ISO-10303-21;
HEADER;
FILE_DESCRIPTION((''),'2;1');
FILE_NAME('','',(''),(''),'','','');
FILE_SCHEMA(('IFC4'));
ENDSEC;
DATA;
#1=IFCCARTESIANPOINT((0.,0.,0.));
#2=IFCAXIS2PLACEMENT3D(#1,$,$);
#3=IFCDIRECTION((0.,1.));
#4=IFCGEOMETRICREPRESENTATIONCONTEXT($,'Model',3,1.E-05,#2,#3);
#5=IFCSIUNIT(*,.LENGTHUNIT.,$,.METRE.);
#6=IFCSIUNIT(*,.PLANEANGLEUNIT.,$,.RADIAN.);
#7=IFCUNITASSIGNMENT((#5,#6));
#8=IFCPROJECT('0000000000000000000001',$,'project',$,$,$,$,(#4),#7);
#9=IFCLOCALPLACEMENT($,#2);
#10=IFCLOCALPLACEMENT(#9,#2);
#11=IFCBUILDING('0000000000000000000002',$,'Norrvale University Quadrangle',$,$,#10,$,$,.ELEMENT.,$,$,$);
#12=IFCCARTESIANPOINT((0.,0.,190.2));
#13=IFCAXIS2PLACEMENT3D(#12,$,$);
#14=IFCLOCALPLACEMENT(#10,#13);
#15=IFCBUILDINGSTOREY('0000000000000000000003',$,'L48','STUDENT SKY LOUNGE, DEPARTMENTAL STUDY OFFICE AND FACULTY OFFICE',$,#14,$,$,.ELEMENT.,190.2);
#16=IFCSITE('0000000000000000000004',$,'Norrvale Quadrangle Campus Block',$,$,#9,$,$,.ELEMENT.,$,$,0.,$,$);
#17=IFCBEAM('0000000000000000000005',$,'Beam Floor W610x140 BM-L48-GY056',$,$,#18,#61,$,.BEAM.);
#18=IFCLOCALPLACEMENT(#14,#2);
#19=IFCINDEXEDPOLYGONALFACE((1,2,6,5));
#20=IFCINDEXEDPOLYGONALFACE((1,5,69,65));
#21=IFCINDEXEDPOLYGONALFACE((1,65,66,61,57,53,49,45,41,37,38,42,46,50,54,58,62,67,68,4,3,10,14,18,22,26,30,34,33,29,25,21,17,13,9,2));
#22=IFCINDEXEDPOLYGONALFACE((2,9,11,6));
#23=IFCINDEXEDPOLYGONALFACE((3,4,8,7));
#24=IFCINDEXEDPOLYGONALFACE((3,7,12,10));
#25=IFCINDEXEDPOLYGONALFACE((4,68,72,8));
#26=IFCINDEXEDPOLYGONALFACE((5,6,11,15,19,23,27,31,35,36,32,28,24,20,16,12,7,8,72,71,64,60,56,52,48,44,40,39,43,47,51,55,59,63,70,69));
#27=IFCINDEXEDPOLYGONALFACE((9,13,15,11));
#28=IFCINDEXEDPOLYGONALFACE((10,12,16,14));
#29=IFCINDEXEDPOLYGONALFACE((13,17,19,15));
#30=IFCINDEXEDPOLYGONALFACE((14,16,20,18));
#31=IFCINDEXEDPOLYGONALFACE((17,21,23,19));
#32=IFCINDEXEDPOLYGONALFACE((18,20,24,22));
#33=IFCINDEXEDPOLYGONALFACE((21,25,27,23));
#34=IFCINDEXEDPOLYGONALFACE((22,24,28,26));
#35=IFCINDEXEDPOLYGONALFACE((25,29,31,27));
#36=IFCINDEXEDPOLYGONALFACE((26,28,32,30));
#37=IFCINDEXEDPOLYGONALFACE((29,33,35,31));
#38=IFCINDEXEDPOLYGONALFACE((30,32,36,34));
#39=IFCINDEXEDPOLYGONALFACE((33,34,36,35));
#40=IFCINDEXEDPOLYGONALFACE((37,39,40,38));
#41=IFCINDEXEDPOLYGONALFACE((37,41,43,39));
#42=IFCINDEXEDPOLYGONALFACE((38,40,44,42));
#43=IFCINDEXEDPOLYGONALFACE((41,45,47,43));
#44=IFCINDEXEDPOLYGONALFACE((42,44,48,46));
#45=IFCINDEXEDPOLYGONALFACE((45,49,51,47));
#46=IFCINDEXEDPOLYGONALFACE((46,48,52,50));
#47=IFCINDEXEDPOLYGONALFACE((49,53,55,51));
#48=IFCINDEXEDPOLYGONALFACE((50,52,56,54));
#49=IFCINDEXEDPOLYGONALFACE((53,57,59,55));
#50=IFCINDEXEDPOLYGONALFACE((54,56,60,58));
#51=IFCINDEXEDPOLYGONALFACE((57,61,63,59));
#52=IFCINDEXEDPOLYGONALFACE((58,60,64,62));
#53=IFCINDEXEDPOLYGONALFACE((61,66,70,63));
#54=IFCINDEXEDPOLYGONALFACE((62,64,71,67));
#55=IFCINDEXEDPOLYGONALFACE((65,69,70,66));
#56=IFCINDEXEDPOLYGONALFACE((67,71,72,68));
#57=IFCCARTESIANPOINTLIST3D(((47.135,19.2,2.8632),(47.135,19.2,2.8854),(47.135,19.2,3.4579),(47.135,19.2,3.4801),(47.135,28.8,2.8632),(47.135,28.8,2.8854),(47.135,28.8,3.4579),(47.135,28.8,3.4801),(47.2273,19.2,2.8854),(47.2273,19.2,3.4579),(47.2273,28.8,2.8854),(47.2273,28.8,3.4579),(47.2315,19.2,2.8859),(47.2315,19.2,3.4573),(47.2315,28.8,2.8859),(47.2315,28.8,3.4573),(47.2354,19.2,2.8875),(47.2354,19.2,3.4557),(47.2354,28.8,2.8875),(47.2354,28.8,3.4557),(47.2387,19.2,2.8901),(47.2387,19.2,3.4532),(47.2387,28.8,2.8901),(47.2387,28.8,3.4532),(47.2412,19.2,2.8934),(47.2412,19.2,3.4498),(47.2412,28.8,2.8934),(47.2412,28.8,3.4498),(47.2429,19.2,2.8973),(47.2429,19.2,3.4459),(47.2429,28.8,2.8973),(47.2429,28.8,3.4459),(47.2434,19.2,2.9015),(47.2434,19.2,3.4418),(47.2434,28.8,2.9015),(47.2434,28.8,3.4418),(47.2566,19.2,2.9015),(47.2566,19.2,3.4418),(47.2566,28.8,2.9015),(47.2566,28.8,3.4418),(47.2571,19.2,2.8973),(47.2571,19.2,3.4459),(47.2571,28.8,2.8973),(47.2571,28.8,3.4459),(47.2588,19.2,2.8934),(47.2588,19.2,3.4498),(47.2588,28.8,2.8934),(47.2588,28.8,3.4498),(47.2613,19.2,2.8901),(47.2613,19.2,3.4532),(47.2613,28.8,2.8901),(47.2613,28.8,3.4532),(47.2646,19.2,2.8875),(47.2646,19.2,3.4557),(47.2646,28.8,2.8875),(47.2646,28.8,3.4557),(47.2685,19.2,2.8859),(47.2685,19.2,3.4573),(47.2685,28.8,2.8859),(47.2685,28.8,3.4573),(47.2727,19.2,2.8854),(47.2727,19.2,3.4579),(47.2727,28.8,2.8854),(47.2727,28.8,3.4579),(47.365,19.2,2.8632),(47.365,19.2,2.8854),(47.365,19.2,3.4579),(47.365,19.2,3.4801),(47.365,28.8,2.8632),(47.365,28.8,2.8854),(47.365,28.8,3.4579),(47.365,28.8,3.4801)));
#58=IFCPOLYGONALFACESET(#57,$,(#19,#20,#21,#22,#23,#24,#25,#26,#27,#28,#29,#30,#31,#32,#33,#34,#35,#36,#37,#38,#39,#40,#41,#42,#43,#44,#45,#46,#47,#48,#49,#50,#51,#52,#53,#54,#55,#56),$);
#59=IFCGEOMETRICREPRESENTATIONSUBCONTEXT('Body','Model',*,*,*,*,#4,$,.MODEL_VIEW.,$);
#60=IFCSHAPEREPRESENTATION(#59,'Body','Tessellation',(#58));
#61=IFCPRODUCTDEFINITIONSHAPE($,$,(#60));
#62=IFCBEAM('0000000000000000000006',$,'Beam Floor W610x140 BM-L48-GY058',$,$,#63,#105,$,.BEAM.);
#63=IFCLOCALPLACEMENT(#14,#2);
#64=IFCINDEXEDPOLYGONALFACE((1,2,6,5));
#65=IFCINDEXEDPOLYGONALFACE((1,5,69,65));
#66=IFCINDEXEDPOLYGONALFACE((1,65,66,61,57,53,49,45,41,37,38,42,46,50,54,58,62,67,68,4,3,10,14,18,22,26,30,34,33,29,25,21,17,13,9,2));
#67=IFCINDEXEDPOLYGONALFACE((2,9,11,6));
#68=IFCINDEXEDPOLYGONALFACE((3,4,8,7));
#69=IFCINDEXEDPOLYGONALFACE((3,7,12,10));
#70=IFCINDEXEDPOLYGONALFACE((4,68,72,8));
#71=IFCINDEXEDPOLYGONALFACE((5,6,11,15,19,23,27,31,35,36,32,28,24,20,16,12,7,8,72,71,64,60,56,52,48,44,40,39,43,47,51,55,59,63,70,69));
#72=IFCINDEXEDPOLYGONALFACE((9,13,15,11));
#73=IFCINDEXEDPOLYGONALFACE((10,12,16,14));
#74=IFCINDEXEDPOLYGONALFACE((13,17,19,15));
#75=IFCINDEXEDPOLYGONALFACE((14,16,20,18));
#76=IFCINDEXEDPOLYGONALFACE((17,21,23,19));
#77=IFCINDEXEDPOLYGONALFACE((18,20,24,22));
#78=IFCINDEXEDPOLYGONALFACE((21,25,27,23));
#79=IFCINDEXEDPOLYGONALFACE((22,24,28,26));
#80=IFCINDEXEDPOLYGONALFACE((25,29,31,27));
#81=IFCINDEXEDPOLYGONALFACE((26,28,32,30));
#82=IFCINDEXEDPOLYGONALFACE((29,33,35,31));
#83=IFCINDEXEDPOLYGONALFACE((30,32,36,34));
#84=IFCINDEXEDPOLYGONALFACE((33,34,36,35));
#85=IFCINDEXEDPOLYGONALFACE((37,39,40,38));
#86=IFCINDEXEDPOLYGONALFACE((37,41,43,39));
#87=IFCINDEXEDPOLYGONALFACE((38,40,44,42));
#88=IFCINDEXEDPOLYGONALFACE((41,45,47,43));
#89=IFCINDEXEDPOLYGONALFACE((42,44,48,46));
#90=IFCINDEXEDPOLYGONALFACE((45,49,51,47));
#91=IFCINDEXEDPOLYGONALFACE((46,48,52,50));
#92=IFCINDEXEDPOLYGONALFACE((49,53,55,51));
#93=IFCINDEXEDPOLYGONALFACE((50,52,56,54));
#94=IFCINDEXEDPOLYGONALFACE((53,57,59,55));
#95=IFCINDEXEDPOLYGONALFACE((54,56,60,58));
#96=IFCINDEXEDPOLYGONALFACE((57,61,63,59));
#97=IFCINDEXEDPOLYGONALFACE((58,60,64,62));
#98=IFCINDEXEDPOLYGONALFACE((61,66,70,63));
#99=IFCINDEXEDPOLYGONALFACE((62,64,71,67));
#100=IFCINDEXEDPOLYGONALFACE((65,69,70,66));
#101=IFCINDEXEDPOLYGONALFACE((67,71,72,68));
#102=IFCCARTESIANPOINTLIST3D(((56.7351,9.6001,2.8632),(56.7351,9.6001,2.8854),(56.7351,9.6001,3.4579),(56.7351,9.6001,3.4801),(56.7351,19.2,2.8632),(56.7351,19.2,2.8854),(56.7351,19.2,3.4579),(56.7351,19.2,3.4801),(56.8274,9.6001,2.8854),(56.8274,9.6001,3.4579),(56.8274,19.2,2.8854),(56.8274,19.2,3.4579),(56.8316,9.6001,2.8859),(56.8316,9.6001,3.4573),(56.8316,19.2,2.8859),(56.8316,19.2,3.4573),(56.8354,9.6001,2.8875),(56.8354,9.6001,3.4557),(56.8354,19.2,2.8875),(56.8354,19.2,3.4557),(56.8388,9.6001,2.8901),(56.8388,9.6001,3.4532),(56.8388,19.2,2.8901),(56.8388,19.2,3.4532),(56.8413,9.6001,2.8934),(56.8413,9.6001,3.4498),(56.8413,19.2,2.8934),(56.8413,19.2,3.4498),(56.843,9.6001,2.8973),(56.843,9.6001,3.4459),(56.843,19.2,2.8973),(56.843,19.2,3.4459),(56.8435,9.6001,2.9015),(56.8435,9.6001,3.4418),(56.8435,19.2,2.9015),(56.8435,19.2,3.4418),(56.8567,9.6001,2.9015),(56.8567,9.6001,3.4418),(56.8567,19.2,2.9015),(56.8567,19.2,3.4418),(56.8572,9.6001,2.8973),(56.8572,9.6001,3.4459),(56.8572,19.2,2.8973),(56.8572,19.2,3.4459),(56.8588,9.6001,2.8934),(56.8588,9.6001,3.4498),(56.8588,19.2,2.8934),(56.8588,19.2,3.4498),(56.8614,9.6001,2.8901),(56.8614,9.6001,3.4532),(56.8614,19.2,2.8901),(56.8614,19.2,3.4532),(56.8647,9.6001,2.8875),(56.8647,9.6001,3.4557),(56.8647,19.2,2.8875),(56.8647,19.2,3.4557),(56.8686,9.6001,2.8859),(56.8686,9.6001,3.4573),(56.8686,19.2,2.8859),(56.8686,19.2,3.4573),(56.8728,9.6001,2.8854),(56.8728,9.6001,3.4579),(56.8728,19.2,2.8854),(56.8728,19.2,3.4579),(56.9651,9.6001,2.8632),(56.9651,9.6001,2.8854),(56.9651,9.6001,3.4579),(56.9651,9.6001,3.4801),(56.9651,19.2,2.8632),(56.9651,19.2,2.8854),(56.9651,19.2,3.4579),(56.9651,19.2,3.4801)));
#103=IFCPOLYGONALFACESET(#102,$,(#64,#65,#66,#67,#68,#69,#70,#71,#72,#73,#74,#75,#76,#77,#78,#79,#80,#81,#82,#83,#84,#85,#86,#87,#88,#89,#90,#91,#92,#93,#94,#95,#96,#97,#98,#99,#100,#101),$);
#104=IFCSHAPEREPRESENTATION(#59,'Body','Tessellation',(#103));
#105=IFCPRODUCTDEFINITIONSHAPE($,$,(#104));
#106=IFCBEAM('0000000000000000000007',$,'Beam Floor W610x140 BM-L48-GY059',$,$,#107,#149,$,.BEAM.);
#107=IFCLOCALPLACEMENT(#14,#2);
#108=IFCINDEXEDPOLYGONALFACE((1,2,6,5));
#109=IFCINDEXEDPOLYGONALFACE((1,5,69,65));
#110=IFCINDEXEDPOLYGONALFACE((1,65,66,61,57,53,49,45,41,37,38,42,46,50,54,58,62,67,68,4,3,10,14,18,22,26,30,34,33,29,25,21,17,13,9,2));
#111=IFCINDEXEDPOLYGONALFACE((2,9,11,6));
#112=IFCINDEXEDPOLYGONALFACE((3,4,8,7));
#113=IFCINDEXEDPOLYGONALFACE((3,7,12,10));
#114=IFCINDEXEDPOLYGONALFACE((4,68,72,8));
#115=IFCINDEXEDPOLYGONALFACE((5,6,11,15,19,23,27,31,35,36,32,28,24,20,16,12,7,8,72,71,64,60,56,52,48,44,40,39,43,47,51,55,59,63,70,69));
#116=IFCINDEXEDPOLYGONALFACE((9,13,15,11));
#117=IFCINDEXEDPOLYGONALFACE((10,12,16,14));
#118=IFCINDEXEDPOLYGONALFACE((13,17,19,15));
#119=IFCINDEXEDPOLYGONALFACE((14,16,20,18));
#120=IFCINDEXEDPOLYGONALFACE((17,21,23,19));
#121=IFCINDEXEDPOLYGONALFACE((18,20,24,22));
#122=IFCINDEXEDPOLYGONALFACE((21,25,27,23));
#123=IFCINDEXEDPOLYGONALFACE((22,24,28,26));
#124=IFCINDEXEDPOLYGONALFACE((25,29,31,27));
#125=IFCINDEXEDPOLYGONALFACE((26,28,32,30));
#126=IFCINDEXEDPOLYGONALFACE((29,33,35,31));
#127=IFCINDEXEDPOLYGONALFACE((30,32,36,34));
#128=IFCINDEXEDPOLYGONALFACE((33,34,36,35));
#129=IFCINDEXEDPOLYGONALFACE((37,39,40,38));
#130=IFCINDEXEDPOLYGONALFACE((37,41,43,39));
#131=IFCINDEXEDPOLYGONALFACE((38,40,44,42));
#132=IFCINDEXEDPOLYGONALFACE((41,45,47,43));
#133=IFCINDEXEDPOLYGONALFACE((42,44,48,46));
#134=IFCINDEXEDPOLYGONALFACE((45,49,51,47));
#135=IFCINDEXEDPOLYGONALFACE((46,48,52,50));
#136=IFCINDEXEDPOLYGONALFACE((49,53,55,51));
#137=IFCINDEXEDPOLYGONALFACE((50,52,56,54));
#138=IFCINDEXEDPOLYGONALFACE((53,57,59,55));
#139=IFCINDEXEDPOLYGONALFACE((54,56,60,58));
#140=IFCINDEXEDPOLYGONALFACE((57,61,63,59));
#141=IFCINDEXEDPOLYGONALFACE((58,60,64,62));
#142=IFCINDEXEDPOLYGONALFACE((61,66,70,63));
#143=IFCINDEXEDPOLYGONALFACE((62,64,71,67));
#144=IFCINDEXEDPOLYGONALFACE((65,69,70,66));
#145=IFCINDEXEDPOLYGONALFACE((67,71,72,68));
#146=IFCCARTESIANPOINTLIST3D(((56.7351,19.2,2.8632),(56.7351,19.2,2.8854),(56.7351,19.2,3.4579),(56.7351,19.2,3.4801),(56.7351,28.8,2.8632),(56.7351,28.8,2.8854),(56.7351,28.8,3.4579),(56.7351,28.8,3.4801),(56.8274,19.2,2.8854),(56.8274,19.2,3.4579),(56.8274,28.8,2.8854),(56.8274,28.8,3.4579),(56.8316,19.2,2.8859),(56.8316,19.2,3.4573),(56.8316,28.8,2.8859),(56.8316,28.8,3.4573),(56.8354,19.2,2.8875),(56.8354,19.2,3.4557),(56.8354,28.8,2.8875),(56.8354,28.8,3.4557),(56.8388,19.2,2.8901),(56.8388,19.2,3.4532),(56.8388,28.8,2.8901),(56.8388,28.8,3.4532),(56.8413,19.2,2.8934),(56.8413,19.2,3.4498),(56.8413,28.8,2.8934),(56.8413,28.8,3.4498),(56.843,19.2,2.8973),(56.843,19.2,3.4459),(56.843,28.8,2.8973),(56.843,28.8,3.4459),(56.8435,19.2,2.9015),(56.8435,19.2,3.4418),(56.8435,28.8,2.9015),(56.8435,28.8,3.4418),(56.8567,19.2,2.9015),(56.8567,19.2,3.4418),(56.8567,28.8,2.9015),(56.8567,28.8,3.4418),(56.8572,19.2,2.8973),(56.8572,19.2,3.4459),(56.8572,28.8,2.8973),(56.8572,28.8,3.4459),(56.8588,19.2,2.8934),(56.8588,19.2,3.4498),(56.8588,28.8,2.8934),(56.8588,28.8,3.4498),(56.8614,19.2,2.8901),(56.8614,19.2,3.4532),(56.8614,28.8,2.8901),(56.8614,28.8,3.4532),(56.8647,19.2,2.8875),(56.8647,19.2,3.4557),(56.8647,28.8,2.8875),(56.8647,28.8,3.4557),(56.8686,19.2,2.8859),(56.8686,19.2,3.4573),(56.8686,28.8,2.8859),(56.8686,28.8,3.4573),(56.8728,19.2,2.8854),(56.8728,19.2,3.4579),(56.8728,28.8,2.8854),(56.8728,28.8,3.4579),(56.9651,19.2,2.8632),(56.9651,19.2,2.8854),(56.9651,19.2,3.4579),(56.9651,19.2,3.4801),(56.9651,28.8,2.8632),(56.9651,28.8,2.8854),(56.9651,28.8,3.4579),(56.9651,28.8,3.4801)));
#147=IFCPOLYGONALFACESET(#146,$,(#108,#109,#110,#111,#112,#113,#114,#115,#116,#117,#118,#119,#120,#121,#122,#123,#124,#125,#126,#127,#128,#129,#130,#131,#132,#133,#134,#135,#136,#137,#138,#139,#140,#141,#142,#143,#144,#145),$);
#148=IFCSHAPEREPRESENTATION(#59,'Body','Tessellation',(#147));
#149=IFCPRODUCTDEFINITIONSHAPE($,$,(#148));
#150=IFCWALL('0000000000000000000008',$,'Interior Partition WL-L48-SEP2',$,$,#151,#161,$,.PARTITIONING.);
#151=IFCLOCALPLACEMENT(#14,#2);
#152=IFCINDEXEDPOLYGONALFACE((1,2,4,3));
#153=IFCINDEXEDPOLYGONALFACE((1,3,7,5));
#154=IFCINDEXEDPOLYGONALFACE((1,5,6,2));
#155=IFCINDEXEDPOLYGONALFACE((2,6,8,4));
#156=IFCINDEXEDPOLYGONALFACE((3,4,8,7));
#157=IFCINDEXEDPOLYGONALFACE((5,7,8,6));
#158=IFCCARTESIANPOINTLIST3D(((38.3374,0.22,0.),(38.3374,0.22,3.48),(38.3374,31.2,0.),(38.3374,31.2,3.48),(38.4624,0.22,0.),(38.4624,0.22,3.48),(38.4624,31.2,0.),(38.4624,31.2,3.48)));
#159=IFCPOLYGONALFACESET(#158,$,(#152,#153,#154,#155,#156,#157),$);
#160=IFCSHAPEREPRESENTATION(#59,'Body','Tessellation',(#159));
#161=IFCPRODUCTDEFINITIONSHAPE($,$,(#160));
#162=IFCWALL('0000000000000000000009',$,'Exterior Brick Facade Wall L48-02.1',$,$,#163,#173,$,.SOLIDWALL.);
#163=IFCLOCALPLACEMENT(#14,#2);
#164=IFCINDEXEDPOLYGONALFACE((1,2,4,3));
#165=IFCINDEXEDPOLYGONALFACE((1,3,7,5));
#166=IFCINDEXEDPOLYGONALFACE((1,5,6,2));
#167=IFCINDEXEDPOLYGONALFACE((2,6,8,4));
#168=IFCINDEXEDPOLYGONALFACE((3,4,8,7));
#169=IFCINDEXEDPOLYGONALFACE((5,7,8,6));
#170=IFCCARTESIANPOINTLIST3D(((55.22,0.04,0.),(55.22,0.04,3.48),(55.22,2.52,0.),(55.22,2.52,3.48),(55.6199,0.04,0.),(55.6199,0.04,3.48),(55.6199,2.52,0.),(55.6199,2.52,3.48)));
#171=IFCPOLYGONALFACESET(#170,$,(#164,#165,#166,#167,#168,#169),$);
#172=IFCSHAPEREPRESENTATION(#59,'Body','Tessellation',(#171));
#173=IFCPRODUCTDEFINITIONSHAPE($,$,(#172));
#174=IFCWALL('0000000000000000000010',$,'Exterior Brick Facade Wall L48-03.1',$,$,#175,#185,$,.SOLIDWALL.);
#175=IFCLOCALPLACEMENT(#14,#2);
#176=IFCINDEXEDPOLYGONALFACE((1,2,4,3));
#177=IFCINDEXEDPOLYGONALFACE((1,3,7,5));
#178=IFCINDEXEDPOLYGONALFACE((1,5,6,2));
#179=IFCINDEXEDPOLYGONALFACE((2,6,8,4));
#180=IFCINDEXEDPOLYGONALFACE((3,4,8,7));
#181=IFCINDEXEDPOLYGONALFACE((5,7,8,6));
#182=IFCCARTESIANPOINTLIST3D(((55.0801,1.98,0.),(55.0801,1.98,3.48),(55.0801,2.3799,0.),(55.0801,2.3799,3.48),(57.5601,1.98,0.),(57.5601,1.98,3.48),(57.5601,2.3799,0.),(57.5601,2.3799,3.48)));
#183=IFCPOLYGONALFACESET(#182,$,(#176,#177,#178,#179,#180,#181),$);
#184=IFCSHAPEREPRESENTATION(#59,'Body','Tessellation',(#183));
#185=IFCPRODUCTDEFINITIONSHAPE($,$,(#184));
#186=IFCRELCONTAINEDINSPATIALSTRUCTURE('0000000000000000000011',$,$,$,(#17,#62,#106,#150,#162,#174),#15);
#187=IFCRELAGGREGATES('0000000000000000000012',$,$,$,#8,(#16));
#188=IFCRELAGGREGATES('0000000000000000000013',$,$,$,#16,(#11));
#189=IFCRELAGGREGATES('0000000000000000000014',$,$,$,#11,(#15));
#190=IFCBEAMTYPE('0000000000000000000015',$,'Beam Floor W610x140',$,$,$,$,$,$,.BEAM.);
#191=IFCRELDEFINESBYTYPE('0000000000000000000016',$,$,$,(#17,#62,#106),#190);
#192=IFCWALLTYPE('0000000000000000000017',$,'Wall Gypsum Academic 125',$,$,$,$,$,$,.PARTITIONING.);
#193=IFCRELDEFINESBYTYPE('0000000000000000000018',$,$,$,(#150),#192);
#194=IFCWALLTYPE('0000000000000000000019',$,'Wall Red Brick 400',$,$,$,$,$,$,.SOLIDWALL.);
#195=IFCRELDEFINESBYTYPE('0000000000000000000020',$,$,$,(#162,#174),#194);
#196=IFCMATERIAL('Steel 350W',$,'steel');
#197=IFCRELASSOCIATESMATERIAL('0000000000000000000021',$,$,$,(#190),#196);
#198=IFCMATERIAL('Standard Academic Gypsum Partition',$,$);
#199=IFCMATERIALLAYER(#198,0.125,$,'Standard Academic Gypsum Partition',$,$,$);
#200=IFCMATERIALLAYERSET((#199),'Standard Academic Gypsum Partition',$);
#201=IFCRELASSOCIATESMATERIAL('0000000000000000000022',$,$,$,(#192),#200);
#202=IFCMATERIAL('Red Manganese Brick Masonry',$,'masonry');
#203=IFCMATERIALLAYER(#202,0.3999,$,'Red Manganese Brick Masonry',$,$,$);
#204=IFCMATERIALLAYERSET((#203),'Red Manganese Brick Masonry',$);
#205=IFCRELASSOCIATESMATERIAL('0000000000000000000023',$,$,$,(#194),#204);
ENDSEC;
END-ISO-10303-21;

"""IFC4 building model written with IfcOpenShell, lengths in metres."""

from ifc_helpers import new_model, si_unit, direction, frame, frame_2d, origin, origin_2d, place, context, subcontext, project, spatial, rectangle, i_section, extrude, material, layer, layer_set, material_profile, profile_set, type_object, element, save


model = new_model("IFC4")

# Units and contexts
model_context = context("Model", 3, precision=1e-05, world=origin(), true_north=direction((0.0, 1.0)))
body_context = subcontext(model_context, "Body", "Model", "MODEL_VIEW")
ifc_project = project(units=[si_unit("LENGTHUNIT", "METRE"), si_unit("PLANEANGLEUNIT", "RADIAN")], contexts=[model_context])

# Site, building, storey
site_placement = place(None, origin())
site = spatial("IfcSite", under=ifc_project, at=site_placement, Name="Norrvale Quadrangle Campus Block", CompositionType="ELEMENT", RefElevation=0.0)
building_placement = place(site_placement, origin())
building = spatial("IfcBuilding", under=site, at=building_placement, Name="Norrvale University Quadrangle", CompositionType="ELEMENT")
storey_placement = place(building_placement, frame((0.0, 0.0, 190.2)))
storey = spatial("IfcBuildingStorey", under=building, at=storey_placement, Name="L48", Description="STUDENT SKY LOUNGE, DEPARTMENTAL STUDY OFFICE AND FACULTY OFFICE", CompositionType="ELEMENT", Elevation=190.2)

# Beams
ifc_material_1 = material(Name="Steel 350W", Category="steel")
ifc_material_profile_1 = material_profile(ifc_material_1, i_section(OverallWidth=0.23, OverallDepth=0.6169, WebThickness=0.0132, FlangeThickness=0.0222, FilletRadius=0.0161, at=origin_2d()), Name="Steel 350W")
ifc_profile_set_1 = profile_set([ifc_material_profile_1], Name="Steel 350W")
beam_type_1 = type_object("IfcBeamType", Name="Beam Floor W610x140", PredefinedType="BEAM", material=ifc_profile_set_1)
beam_1_placement = place(storey_placement, frame((47.25, 19.2, 3.1716), z_axis=(0.0, 1.0, 0.0), x_axis=(-1.0, 0.0, 0.0)))
element("IfcBeam", 1, at=beam_1_placement, inside=storey, type_object=beam_type_1, Name="Beam Floor W610x140 BM-L48-GY056", PredefinedType="BEAM", context=body_context, shape_type="SweptSolid", body=[
    extrude(i_section(OverallWidth=0.23, OverallDepth=0.6169, WebThickness=0.0132, FlangeThickness=0.0222, FilletRadius=0.0161, at=origin_2d()), origin(), (0.0, 0.0, 1.0), 9.6001),
])
beam_2_placement = place(storey_placement, frame((56.8501, 9.6001, 3.1716), z_axis=(0.0, 1.0, 0.0), x_axis=(-1.0, 0.0, 0.0)))
element("IfcBeam", 2, at=beam_2_placement, inside=storey, type_object=beam_type_1, Name="Beam Floor W610x140 BM-L48-GY058", PredefinedType="BEAM", context=body_context, shape_type="SweptSolid", body=[
    extrude(i_section(OverallWidth=0.23, OverallDepth=0.6169, WebThickness=0.0132, FlangeThickness=0.0222, FilletRadius=0.0161, at=origin_2d()), origin(), (0.0, 0.0, 1.0), 9.5999),
])
beam_3_placement = place(storey_placement, frame((56.8501, 19.2, 3.1716), z_axis=(0.0, 1.0, 0.0), x_axis=(-1.0, 0.0, 0.0)))
element("IfcBeam", 3, at=beam_3_placement, inside=storey, type_object=beam_type_1, Name="Beam Floor W610x140 BM-L48-GY059", PredefinedType="BEAM", context=body_context, shape_type="SweptSolid", body=[
    extrude(i_section(OverallWidth=0.23, OverallDepth=0.6169, WebThickness=0.0132, FlangeThickness=0.0222, FilletRadius=0.0161, at=origin_2d()), origin(), (0.0, 0.0, 1.0), 9.6001),
])

# Walls
ifc_material_2 = material(Name="Standard Academic Gypsum Partition")
ifc_layer_1 = layer(ifc_material_2, 0.125, Name="Standard Academic Gypsum Partition")
ifc_layer_set_1 = layer_set([ifc_layer_1], Name="Standard Academic Gypsum Partition")
wall_type_1 = type_object("IfcWallType", Name="Wall Gypsum Academic 125", PredefinedType="PARTITIONING", material=ifc_layer_set_1)
wall_1_placement = place(storey_placement, frame((38.3999, 0.22, 0.0), z_axis=(0.0, 0.0, 1.0), x_axis=(0.0, 1.0, 0.0)))
element("IfcWall", 4, at=wall_1_placement, inside=storey, type_object=wall_type_1, Name="Interior Partition WL-L48-SEP2", PredefinedType="PARTITIONING", context=body_context, shape_type="SweptSolid", body=[
    extrude(rectangle(XDim=30.98, YDim=0.125, at=frame_2d((15.49, 0.0))), origin(), (0.0, 0.0, 1.0), 3.48),
])
ifc_material_3 = material(Name="Red Manganese Brick Masonry", Category="masonry")
ifc_layer_2 = layer(ifc_material_3, 0.3999, Name="Red Manganese Brick Masonry")
ifc_layer_set_2 = layer_set([ifc_layer_2], Name="Red Manganese Brick Masonry")
wall_type_2 = type_object("IfcWallType", Name="Wall Red Brick 400", PredefinedType="SOLIDWALL", material=ifc_layer_set_2)
for number, where, z_axis, x_axis, name in (
    (5, (55.4199, 0.04, 0.0), (0.0, 0.0, 1.0), (0.0, 1.0, 0.0), "Exterior Brick Facade Wall L48-02.1"),
    (6, (55.0801, 2.1799, 0.0), (0.0, 0.0, 1.0), (1.0, 0.0, 0.0), "Exterior Brick Facade Wall L48-03.1"),
):
    element("IfcWall", number, at=place(storey_placement, frame(where, z_axis=z_axis, x_axis=x_axis)), inside=storey, type_object=wall_type_2, Name=name, PredefinedType="SOLIDWALL", context=body_context, shape_type="SweptSolid", body=[
        extrude(rectangle(XDim=2.48, YDim=0.3999, at=frame_2d((1.24, 0.0))), origin(), (0.0, 0.0, 1.0), 3.48),
    ])

save(model, "model.ifc")
